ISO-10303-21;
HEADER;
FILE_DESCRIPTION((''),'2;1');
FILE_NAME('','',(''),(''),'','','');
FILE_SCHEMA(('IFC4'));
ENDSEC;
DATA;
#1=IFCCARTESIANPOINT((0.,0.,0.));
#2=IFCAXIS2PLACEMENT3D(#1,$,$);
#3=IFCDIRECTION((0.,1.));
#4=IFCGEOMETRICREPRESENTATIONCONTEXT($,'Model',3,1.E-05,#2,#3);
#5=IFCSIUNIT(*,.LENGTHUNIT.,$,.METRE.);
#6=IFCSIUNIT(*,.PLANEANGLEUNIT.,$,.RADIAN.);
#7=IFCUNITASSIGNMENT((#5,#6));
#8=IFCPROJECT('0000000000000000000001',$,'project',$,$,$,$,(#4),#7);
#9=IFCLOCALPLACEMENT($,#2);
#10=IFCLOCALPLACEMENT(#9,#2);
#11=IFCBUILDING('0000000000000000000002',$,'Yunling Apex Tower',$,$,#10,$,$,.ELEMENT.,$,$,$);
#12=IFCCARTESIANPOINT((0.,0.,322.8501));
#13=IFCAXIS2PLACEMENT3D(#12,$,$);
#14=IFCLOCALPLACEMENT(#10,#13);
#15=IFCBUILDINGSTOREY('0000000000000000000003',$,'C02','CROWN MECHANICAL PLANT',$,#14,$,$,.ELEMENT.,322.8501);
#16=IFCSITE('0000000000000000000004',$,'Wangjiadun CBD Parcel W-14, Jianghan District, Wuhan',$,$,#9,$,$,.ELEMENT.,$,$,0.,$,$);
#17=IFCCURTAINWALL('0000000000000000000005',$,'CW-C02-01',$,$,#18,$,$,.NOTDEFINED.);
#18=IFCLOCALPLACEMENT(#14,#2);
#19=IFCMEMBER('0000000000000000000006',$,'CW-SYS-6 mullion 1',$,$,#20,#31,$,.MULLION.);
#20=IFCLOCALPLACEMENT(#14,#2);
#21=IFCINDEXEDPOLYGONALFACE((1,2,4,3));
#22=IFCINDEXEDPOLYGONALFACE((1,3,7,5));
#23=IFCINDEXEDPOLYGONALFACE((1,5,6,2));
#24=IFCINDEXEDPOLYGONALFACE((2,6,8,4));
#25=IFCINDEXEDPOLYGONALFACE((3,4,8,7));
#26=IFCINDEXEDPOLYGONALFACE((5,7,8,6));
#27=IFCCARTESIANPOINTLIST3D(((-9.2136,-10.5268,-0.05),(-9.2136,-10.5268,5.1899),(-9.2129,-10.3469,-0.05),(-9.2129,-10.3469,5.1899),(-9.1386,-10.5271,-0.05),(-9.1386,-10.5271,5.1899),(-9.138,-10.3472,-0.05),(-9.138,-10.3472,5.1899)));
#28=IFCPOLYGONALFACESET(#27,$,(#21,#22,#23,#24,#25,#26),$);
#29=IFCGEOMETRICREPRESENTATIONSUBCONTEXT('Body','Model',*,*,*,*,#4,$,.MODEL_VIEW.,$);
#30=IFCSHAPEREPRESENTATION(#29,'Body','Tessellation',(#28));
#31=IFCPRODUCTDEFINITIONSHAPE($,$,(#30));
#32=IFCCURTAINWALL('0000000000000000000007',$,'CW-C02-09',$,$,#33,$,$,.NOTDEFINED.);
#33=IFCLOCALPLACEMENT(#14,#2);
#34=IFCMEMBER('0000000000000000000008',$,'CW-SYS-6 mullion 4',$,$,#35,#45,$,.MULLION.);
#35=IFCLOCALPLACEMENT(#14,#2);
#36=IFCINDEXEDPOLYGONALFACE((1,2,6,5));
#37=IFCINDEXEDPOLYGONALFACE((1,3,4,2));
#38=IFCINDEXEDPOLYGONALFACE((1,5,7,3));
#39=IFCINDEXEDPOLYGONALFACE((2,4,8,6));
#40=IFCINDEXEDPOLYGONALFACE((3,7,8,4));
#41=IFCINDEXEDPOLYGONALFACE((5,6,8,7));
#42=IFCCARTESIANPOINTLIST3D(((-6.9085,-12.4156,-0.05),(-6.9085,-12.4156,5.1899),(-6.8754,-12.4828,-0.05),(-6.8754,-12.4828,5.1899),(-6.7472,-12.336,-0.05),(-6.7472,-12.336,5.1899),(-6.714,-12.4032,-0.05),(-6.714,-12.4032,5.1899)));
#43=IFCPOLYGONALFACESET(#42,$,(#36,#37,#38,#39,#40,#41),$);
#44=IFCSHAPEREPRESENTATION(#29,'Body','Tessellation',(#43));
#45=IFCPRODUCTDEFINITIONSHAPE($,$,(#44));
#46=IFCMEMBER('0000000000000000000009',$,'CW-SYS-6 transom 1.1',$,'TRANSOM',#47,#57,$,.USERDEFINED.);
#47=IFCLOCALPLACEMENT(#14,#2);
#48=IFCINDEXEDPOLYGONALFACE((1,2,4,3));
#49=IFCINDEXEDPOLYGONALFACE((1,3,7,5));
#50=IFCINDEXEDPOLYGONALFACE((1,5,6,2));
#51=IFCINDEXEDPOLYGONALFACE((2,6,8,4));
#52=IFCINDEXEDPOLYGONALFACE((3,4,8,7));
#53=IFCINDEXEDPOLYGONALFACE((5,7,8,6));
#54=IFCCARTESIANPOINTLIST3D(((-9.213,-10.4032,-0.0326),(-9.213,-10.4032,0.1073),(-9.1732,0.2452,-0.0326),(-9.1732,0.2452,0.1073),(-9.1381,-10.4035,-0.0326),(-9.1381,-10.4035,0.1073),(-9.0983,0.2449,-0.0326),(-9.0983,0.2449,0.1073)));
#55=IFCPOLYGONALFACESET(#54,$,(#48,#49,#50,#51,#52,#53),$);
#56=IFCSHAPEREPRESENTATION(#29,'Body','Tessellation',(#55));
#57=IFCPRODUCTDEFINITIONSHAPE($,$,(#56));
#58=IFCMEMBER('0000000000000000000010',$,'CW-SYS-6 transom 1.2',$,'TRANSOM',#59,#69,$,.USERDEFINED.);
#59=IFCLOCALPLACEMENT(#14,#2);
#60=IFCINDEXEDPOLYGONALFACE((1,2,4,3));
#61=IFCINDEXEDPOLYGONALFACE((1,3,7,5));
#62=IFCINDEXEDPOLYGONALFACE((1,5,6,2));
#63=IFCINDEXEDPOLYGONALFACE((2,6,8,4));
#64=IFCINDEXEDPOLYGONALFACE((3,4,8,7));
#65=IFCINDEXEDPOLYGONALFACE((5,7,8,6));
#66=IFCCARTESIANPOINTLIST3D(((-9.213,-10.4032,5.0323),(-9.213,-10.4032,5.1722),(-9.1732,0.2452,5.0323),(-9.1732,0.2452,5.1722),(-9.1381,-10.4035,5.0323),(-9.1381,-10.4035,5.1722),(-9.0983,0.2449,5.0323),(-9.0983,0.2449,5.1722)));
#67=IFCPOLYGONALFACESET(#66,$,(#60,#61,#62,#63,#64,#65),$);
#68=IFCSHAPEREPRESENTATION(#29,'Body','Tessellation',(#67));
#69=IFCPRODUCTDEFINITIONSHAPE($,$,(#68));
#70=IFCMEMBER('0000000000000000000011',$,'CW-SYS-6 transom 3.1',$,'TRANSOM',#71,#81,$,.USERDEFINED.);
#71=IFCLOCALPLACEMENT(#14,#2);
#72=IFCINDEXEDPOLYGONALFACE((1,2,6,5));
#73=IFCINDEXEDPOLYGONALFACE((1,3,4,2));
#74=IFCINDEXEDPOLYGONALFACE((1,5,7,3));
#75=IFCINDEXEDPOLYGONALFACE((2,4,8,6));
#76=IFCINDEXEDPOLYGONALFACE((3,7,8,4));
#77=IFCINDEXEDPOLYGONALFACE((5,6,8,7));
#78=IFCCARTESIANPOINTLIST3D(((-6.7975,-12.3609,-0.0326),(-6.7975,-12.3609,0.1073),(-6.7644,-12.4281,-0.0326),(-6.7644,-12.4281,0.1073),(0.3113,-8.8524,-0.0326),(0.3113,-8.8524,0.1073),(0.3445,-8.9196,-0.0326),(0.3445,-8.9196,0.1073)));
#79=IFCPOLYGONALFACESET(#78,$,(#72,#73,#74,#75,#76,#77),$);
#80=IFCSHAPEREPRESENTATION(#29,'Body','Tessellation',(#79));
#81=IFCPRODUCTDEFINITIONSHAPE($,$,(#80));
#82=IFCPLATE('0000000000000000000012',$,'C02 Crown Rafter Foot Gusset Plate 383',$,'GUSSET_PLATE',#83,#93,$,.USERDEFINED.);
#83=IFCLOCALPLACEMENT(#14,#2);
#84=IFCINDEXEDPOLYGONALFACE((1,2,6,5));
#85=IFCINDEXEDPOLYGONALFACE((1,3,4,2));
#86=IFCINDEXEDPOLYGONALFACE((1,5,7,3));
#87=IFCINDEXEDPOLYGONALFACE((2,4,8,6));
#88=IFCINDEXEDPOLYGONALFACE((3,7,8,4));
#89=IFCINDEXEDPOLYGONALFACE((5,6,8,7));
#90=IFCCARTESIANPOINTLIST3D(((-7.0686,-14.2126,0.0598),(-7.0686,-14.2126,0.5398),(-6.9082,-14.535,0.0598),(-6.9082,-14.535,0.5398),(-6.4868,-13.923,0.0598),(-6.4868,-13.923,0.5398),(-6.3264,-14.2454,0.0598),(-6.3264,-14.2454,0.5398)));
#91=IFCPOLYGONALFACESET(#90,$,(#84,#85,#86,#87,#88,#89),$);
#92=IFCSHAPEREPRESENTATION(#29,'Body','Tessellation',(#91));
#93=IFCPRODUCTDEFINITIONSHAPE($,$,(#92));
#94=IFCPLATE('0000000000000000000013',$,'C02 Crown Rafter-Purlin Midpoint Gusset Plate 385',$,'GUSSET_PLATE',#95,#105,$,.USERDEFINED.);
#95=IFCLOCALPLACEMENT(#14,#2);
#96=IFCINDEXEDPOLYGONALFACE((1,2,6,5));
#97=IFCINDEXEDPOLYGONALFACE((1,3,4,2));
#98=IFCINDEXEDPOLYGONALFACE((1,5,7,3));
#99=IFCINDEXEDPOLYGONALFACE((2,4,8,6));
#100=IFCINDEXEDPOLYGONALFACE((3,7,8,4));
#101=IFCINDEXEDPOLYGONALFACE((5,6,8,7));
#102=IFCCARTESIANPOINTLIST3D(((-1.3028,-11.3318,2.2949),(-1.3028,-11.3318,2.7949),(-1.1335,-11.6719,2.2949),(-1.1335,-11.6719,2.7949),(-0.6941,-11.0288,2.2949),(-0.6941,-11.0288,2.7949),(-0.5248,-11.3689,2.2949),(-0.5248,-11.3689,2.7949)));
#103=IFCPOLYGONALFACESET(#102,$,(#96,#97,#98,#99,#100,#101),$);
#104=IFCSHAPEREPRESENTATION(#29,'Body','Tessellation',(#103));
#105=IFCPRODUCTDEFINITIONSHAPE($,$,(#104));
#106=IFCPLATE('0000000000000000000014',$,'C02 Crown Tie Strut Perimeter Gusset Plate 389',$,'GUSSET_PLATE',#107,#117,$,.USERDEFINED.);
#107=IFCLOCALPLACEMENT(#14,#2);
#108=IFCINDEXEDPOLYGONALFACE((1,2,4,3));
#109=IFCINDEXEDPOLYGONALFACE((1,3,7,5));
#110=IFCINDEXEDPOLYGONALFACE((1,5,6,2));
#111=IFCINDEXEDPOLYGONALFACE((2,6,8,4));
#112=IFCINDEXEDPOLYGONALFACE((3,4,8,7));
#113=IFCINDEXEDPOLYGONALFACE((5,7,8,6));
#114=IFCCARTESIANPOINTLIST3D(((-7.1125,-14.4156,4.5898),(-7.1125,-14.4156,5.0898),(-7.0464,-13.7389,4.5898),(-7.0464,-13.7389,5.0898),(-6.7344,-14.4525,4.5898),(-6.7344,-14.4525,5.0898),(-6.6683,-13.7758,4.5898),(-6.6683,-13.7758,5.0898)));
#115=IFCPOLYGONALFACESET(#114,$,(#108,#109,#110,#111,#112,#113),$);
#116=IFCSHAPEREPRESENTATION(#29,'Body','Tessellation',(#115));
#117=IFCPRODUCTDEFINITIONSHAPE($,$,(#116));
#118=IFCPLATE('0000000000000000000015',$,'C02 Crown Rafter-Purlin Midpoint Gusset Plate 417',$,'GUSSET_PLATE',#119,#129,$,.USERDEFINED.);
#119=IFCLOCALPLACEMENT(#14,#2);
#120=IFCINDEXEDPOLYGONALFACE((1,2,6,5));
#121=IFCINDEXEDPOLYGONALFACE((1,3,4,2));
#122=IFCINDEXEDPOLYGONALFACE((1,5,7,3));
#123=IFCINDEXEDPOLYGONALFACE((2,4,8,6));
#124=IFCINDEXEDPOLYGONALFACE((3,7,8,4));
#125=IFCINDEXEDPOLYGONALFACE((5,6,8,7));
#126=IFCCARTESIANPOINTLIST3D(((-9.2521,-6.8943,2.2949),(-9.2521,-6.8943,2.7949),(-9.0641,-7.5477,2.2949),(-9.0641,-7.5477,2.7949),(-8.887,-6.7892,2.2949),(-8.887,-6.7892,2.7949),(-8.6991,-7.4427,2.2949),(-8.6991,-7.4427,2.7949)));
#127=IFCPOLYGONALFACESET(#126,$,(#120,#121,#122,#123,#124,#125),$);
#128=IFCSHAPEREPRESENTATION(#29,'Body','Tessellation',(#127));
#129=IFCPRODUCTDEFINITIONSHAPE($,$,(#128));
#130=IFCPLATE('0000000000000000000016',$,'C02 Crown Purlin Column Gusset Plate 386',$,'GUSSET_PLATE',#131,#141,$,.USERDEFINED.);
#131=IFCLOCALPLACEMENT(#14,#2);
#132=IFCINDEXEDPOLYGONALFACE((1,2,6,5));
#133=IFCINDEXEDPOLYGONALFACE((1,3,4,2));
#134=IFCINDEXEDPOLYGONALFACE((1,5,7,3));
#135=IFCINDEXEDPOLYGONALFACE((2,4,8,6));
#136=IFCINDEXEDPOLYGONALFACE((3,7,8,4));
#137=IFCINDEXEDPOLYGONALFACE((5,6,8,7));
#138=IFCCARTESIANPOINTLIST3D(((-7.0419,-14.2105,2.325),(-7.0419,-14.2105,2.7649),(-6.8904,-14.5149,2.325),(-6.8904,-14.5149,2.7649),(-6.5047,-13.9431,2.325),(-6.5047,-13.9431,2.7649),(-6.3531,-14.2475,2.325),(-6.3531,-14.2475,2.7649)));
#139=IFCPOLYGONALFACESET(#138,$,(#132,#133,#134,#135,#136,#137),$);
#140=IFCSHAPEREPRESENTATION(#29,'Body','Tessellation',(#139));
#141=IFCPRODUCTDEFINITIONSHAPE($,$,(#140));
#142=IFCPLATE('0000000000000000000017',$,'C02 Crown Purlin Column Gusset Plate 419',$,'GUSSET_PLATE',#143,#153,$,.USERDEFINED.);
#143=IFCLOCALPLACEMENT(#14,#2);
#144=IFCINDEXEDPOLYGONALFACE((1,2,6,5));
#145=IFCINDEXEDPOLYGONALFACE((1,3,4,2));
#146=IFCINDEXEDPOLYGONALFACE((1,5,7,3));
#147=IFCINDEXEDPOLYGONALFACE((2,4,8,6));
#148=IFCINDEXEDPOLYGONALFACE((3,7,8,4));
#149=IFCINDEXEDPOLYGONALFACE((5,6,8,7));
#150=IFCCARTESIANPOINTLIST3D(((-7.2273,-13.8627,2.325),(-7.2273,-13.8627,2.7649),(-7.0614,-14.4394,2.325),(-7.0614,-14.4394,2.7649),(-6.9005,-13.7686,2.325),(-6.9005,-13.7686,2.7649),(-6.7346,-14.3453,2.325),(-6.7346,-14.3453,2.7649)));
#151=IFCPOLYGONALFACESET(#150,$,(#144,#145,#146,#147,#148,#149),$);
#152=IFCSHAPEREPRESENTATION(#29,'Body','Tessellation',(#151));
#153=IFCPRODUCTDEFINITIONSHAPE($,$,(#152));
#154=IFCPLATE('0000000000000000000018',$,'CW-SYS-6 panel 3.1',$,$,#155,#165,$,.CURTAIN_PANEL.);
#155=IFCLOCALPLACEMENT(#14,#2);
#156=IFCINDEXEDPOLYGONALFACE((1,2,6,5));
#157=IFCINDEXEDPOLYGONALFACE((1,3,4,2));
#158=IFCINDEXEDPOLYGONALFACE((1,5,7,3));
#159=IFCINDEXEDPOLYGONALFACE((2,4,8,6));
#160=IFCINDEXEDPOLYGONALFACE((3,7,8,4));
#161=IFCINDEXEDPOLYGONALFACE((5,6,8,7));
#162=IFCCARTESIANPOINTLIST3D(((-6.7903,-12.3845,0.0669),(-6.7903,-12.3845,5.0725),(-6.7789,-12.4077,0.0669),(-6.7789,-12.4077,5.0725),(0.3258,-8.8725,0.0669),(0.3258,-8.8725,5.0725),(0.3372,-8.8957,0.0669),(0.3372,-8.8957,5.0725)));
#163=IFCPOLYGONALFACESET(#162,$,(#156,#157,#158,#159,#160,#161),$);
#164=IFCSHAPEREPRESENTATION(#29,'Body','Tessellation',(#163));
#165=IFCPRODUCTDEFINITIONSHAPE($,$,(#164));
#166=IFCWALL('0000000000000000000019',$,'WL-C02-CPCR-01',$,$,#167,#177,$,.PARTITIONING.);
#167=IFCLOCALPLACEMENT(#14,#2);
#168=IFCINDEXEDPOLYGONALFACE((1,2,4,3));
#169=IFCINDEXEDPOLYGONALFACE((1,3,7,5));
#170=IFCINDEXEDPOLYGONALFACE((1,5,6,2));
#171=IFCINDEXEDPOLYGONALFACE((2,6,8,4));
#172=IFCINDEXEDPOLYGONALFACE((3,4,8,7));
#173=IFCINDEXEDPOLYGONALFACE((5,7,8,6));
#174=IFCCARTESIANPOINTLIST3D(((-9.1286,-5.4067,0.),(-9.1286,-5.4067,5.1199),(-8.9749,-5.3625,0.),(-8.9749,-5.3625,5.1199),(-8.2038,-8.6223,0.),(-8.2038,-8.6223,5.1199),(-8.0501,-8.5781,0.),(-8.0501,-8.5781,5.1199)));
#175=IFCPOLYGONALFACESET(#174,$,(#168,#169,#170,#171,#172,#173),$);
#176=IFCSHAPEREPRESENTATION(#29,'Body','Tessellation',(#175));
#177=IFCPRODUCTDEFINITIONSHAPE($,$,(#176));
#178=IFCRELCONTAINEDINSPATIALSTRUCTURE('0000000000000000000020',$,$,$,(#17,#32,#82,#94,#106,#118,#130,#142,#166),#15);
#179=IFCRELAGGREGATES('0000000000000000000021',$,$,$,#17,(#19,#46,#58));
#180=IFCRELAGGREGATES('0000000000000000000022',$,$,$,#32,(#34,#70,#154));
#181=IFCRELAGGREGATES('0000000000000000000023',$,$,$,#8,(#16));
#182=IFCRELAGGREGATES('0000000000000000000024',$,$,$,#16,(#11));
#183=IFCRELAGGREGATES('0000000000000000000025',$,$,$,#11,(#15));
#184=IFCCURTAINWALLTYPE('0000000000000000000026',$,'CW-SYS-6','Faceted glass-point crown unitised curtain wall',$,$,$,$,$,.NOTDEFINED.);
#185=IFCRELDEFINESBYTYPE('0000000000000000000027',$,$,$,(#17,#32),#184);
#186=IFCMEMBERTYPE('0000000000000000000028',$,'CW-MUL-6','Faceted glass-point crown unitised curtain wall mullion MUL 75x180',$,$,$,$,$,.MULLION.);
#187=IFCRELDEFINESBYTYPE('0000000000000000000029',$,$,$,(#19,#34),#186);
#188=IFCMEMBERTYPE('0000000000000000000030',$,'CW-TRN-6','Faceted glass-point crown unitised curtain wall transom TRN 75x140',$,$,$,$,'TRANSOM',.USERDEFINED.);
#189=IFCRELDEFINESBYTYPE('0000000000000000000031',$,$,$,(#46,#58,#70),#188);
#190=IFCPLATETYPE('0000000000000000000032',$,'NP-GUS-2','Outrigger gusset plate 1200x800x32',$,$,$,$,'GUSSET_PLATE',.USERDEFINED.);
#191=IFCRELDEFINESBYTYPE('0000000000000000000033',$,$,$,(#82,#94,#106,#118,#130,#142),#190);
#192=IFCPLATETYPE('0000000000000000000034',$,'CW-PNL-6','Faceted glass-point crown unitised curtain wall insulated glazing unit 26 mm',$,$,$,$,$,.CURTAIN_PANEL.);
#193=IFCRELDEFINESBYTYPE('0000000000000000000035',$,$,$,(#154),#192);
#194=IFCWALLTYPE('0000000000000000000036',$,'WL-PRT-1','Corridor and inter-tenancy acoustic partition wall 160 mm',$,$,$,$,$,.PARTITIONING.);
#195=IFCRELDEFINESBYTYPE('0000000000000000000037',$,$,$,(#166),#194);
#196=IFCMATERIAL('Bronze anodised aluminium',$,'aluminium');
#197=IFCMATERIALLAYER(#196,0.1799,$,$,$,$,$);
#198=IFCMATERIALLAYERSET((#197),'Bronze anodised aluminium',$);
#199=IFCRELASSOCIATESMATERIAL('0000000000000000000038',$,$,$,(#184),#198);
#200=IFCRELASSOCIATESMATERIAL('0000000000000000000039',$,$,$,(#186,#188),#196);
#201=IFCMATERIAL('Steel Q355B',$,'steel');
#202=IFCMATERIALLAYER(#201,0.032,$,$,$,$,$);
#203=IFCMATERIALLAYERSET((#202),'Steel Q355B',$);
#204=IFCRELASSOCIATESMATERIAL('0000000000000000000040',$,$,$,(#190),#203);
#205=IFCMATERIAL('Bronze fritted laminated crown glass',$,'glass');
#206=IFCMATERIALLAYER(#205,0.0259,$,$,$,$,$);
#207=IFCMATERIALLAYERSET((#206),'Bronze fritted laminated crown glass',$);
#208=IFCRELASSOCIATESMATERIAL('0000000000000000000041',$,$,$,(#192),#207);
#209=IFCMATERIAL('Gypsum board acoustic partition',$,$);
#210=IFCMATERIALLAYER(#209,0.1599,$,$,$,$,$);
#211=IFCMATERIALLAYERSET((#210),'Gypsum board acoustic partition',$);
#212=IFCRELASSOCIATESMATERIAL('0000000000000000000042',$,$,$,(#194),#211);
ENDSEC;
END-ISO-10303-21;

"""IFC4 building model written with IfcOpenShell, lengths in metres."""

from ifc_helpers import new_model, si_unit, direction, frame, frame_2d, origin, origin_2d, place, context, subcontext, project, spatial, rectangle, extrude, source, transform, mapped, material, layer, layer_set, material_profile, profile_set, type_object, element, aggregate, save


model = new_model("IFC4")

# Units and contexts
model_context = context("Model", 3, precision=1e-05, world=origin(), true_north=direction((0.0, 1.0)))
body_context = subcontext(model_context, "Body", "Model", "MODEL_VIEW")
ifc_project = project(units=[si_unit("LENGTHUNIT", "METRE"), si_unit("PLANEANGLEUNIT", "RADIAN")], contexts=[model_context])

# Site, building, storey
site_placement = place(None, origin())
site = spatial("IfcSite", under=ifc_project, at=site_placement, Name="Wangjiadun CBD Parcel W-14, Jianghan District, Wuhan", CompositionType="ELEMENT", RefElevation=0.0)
building_placement = place(site_placement, origin())
building = spatial("IfcBuilding", under=site, at=building_placement, Name="Yunling Apex Tower", CompositionType="ELEMENT")
storey_placement = place(building_placement, frame((0.0, 0.0, 322.8501)))
storey = spatial("IfcBuildingStorey", under=building, at=storey_placement, Name="C02", Description="CROWN MECHANICAL PLANT", CompositionType="ELEMENT", Elevation=322.8501)

# Shared definitions
ifc_material_1 = material(Name="Steel Q355B", Category="steel")

# Curtain walls, members
ifc_material_2 = material(Name="Bronze anodised aluminium", Category="aluminium")
ifc_layer_1 = layer(ifc_material_2, 0.1799)
ifc_layer_set_1 = layer_set([ifc_layer_1], Name="Bronze anodised aluminium")
curtain_wall_type = type_object("IfcCurtainWallType", Name="CW-SYS-6", Description="Faceted glass-point crown unitised curtain wall", PredefinedType="NOTDEFINED", material=ifc_layer_set_1)
curtain_wall_1_placement = place(storey_placement, origin())
curtain_wall_1 = element("IfcCurtainWall", 1, at=curtain_wall_1_placement, inside=storey, type_object=curtain_wall_type, Name="CW-C02-01", PredefinedType="NOTDEFINED")
ifc_material_profile_1 = material_profile(ifc_material_2, rectangle(XDim=0.075, YDim=0.1799, at=origin_2d()))
ifc_profile_set_1 = profile_set([ifc_material_profile_1], Name="Bronze anodised aluminium")
member_type_1 = type_object("IfcMemberType", Name="CW-MUL-6", Description="Faceted glass-point crown unitised curtain wall mullion MUL 75x180", PredefinedType="MULLION", material=ifc_profile_set_1)
shared_shape_1 = source(origin(), body_context, "Body", "SweptSolid", [
    extrude(rectangle(XDim=0.075, YDim=0.1799, at=origin_2d()), origin(), (0.0, 0.0, 1.0), 5.24),
])
member_1_placement = place(storey_placement, frame((-9.1758, -10.437, -0.05), z_axis=(0.0, 0.0, 1.0), x_axis=(-0.999993, 0.003748, 0.0)))
member_1 = element("IfcMember", 2, at=member_1_placement, type_object=member_type_1, Name="CW-SYS-6 mullion 1", PredefinedType="MULLION", context=body_context, shape_type="MappedRepresentation", body=[
    mapped(shared_shape_1, transform((0.0, 0.0, 0.0), scale=1.0)),
])
curtain_wall_2_placement = place(storey_placement, origin())
curtain_wall_2 = element("IfcCurtainWall", 3, at=curtain_wall_2_placement, inside=storey, type_object=curtain_wall_type, Name="CW-C02-09", PredefinedType="NOTDEFINED")
member_2_placement = place(storey_placement, frame((-6.8113, -12.4094, -0.05), z_axis=(0.0, 0.0, 1.0), x_axis=(0.442566, -0.896736, 0.0)))
member_2 = element("IfcMember", 4, at=member_2_placement, type_object=member_type_1, Name="CW-SYS-6 mullion 4", PredefinedType="MULLION", context=body_context, shape_type="MappedRepresentation", body=[
    mapped(shared_shape_1, transform((0.0, 0.0, 0.0), scale=1.0)),
])

# Members
ifc_material_profile_2 = material_profile(ifc_material_2, rectangle(XDim=0.075, YDim=0.1399, at=origin_2d()))
ifc_profile_set_2 = profile_set([ifc_material_profile_2], Name="Bronze anodised aluminium")
member_type_2 = type_object("IfcMemberType", Name="CW-TRN-6", Description="Faceted glass-point crown unitised curtain wall transom TRN 75x140", ElementType="TRANSOM", PredefinedType="USERDEFINED", material=ifc_profile_set_2)
shared_shape_2 = source(origin(), body_context, "Body", "SweptSolid", [
    extrude(rectangle(XDim=0.075, YDim=0.1399, at=origin_2d()), origin(), (0.0, 0.0, 1.0), 10.6484),
])
member_3_placement = place(storey_placement, frame((-9.1755, -10.4033, 0.0374), z_axis=(0.003737, 0.999993, 0.0), x_axis=(-0.999993, 0.003737, 0.0)))
member_3 = element("IfcMember", 5, at=member_3_placement, type_object=member_type_2, Name="CW-SYS-6 transom 1.1", ObjectType="TRANSOM", PredefinedType="USERDEFINED", context=body_context, shape_type="MappedRepresentation", body=[
    mapped(shared_shape_2, transform((0.0, 0.0, 0.0), scale=1.0)),
])
member_4_placement = place(storey_placement, frame((-9.1755, -10.4033, 5.1023), z_axis=(0.003737, 0.999993, 0.0), x_axis=(-0.999993, 0.003737, 0.0)))
member_4 = element("IfcMember", 6, at=member_4_placement, type_object=member_type_2, Name="CW-SYS-6 transom 1.2", ObjectType="TRANSOM", PredefinedType="USERDEFINED", context=body_context, shape_type="MappedRepresentation", body=[
    mapped(shared_shape_2, transform((0.0, 0.0, 0.0), scale=1.0)),
])
aggregate(curtain_wall_1, [member_1, member_3, member_4])
shared_shape_3 = source(origin(), body_context, "Body", "SweptSolid", [
    extrude(rectangle(XDim=0.075, YDim=0.1399, at=origin_2d()), origin(), (0.0, 0.0, 1.0), 7.9275),
])
member_5_placement = place(storey_placement, frame((0.3279, -8.886, 0.0374), z_axis=(-0.896731, -0.442576, 0.0), x_axis=(0.442576, -0.896731, 0.0)))
member_5 = element("IfcMember", 7, at=member_5_placement, type_object=member_type_2, Name="CW-SYS-6 transom 3.1", ObjectType="TRANSOM", PredefinedType="USERDEFINED", context=body_context, shape_type="MappedRepresentation", body=[
    mapped(shared_shape_3, transform((0.0, 0.0, 0.0), scale=1.0)),
])

# Plates
ifc_layer_2 = layer(ifc_material_1, 0.032)
ifc_layer_set_2 = layer_set([ifc_layer_2], Name="Steel Q355B")
plate_type_1 = type_object("IfcPlateType", Name="NP-GUS-2", Description="Outrigger gusset plate 1200x800x32", ElementType="GUSSET_PLATE", PredefinedType="USERDEFINED", material=ifc_layer_set_2)
shared_shape_4 = source(origin(), body_context, "Body", "SweptSolid", [
    extrude(rectangle(XDim=0.6499, YDim=0.3601, at=origin_2d()), origin(), (0.0, 0.0, 1.0), 0.48),
])
plate_1_placement = place(storey_placement, frame((-6.6975, -14.229, 0.0598), z_axis=(0.0, 0.0, 1.0), x_axis=(0.895246, 0.445573, 0.0)))
element("IfcPlate", 8, at=plate_1_placement, inside=storey, type_object=plate_type_1, Name="C02 Crown Rafter Foot Gusset Plate 383", ObjectType="GUSSET_PLATE", PredefinedType="USERDEFINED", context=body_context, shape_type="MappedRepresentation", body=[
    mapped(shared_shape_4, transform((0.0, 0.0, 0.0), scale=1.0)),
])
shared_shape_5 = source(origin(), body_context, "Body", "SweptSolid", [
    extrude(rectangle(XDim=0.6799, YDim=0.3799, at=origin_2d()), origin(), (0.0, 0.0, 1.0), 0.5),
])
for number, where, z_axis, x_axis, name in (
    (9, (-0.9138, -11.3503, 2.2949), (0.0, 0.0, 1.0), (0.895246, 0.445573, 0.0), "C02 Crown Rafter-Purlin Midpoint Gusset Plate 385"),
    (10, (-6.8904, -14.0957, 4.5898), (0.0, 0.0, 1.0), (-0.097235, -0.995261, 0.0), "C02 Crown Tie Strut Perimeter Gusset Plate 389"),
    (11, (-8.9756, -7.1685, 2.2949), (0.0, 0.0, 1.0), (0.276476, -0.961021, 0.0), "C02 Crown Rafter-Purlin Midpoint Gusset Plate 417"),
):
    element("IfcPlate", number, at=place(storey_placement, frame(where, z_axis=z_axis, x_axis=x_axis)), inside=storey, type_object=plate_type_1, Name=name, ObjectType="GUSSET_PLATE", PredefinedType="USERDEFINED", context=body_context, shape_type="MappedRepresentation", body=[
        mapped(shared_shape_5, transform((0.0, 0.0, 0.0), scale=1.0)),
    ])
shared_shape_6 = source(origin(), body_context, "Body", "SweptSolid", [
    extrude(rectangle(XDim=0.6001, YDim=0.3401, at=origin_2d()), origin(), (0.0, 0.0, 1.0), 0.4399),
])
for number, where, z_axis, x_axis, name in (
    (12, (-6.6975, -14.229, 2.325), (0.0, 0.0, 1.0), (0.895246, 0.445573, 0.0), "C02 Crown Purlin Column Gusset Plate 386"),
    (13, (-6.981, -14.104, 2.325), (0.0, 0.0, 1.0), (0.276476, -0.961021, 0.0), "C02 Crown Purlin Column Gusset Plate 419"),
):
    element("IfcPlate", number, at=place(storey_placement, frame(where, z_axis=z_axis, x_axis=x_axis)), inside=storey, type_object=plate_type_1, Name=name, ObjectType="GUSSET_PLATE", PredefinedType="USERDEFINED", context=body_context, shape_type="MappedRepresentation", body=[
        mapped(shared_shape_6, transform((0.0, 0.0, 0.0), scale=1.0)),
    ])

# Plate
ifc_material_3 = material(Name="Bronze fritted laminated crown glass", Category="glass")
ifc_layer_3 = layer(ifc_material_3, 0.0259)
ifc_layer_set_3 = layer_set([ifc_layer_3], Name="Bronze fritted laminated crown glass")
plate_type_2 = type_object("IfcPlateType", Name="CW-PNL-6", Description="Faceted glass-point crown unitised curtain wall insulated glazing unit 26 mm", PredefinedType="CURTAIN_PANEL", material=ifc_layer_set_3)
shared_shape_7 = source(origin(), body_context, "Body", "SweptSolid", [
    extrude(rectangle(XDim=7.9355, YDim=0.0259, at=origin_2d()), origin(), (0.0, 0.0, 1.0), 5.0056),
])
plate_2_placement = place(storey_placement, frame((-3.2266, -10.6401, 0.0669), z_axis=(0.0, 0.0, 1.0), x_axis=(-0.896736, -0.442566, 0.0)))
plate_2 = element("IfcPlate", 14, at=plate_2_placement, type_object=plate_type_2, Name="CW-SYS-6 panel 3.1", PredefinedType="CURTAIN_PANEL", context=body_context, shape_type="MappedRepresentation", body=[
    mapped(shared_shape_7, transform((0.0, 0.0, 0.0), scale=1.0)),
])
aggregate(curtain_wall_2, [member_2, member_5, plate_2])

# Wall
ifc_material_4 = material(Name="Gypsum board acoustic partition")
ifc_layer_4 = layer(ifc_material_4, 0.1599)
ifc_layer_set_4 = layer_set([ifc_layer_4], Name="Gypsum board acoustic partition")
wall_type = type_object("IfcWallType", Name="WL-PRT-1", Description="Corridor and inter-tenancy acoustic partition wall 160 mm", PredefinedType="PARTITIONING", material=ifc_layer_set_4)
wall_placement = place(storey_placement, frame((-8.127, -8.6001, 0.0), z_axis=(0.0, 0.0, 1.0), x_axis=(-0.276398, 0.961043, 0.0)))
element("IfcWall", 15, at=wall_placement, inside=storey, type_object=wall_type, Name="WL-C02-CPCR-01", PredefinedType="PARTITIONING", context=body_context, shape_type="SweptSolid", body=[
    extrude(rectangle(XDim=3.3459, YDim=0.1599, at=frame_2d((1.6729, 0.0))), origin(), (0.0, 0.0, 1.0), 5.1199),
])

save(model, "model.ifc")
